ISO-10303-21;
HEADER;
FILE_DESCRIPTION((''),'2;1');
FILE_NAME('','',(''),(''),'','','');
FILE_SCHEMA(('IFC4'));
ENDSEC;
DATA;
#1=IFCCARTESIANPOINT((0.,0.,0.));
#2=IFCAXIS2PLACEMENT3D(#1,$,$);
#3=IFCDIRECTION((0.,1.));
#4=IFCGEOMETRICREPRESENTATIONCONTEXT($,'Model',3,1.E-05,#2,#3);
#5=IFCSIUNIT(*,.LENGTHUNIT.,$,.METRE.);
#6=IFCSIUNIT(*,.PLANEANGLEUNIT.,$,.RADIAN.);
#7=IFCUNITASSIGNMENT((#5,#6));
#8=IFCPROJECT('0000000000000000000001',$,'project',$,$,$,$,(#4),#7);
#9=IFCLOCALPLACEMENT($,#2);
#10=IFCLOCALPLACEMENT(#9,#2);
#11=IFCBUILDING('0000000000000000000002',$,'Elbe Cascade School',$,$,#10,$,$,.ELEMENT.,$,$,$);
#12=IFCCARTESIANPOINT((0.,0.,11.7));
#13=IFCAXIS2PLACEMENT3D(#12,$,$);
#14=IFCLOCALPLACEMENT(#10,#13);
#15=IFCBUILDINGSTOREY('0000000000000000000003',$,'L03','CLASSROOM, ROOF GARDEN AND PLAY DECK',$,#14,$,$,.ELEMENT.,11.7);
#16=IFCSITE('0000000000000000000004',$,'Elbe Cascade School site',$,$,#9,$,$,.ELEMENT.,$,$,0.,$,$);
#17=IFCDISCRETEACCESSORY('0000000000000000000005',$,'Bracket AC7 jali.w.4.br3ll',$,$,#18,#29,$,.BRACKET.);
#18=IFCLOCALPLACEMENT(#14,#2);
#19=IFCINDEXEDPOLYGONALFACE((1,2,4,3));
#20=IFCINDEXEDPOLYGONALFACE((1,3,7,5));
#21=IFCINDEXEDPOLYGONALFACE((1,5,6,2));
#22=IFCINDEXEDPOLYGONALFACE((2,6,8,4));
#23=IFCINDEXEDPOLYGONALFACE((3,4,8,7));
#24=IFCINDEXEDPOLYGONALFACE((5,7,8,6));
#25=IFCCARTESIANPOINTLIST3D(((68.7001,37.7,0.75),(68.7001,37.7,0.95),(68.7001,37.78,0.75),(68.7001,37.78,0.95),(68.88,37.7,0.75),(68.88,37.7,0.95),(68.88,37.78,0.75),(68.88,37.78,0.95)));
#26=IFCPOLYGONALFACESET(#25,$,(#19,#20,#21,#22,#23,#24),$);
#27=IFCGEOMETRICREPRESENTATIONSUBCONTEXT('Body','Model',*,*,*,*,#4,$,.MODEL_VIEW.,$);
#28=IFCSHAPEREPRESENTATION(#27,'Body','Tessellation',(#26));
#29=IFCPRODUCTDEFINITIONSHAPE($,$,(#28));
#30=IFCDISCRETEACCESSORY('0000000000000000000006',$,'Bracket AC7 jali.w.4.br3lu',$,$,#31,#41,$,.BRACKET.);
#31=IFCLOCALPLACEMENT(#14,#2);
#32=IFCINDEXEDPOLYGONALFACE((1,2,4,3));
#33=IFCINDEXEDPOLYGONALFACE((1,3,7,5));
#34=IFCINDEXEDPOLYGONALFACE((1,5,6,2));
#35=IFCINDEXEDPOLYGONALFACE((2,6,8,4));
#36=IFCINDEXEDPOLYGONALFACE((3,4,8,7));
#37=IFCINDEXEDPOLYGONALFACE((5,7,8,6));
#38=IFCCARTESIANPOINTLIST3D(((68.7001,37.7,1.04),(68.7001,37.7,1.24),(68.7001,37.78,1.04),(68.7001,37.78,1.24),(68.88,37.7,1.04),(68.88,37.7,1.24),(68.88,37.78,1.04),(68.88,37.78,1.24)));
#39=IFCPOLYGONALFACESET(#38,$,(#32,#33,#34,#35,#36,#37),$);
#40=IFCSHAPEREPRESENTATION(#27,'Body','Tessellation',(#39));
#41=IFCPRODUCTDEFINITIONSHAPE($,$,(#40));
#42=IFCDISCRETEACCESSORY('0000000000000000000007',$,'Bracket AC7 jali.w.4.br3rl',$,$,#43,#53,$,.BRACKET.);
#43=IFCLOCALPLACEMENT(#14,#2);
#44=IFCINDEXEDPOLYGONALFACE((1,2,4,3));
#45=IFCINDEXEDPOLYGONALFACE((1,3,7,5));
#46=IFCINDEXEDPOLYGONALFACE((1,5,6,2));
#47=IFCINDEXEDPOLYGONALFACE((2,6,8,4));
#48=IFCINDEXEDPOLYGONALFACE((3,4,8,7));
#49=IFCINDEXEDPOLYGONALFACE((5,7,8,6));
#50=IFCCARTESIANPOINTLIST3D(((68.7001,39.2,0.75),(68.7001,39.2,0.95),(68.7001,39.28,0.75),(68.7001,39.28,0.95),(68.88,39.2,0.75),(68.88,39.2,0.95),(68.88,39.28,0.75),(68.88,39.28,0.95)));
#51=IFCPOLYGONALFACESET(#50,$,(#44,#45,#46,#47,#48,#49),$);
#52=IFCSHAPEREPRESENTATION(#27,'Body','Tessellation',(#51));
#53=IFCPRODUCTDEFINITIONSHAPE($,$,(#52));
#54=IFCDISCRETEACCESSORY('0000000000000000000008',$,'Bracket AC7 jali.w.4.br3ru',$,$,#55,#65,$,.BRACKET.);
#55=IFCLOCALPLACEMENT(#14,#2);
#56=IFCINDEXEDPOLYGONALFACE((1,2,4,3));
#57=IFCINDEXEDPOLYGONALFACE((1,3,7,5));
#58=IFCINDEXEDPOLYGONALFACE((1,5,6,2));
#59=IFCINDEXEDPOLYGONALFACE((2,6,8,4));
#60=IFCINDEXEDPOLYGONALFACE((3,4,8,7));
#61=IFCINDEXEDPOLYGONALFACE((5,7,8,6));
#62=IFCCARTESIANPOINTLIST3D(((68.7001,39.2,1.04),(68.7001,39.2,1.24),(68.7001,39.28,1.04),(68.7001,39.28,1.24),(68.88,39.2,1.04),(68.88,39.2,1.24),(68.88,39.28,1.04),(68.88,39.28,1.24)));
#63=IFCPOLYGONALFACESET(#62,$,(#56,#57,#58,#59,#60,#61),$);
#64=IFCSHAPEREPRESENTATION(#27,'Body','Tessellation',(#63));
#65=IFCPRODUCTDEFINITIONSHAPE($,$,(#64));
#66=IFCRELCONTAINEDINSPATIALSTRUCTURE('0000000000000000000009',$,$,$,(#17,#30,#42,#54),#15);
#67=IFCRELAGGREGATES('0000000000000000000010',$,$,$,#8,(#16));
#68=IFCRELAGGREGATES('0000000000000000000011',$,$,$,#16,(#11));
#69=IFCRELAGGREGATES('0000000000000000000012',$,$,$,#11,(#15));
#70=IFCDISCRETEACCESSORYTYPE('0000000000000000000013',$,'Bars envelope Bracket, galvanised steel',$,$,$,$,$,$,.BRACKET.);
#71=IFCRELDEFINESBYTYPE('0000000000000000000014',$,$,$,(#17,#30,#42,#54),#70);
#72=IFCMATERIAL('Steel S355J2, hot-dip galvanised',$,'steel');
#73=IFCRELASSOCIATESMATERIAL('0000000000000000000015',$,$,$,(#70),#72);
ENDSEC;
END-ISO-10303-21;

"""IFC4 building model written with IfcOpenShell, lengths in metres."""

from ifc_helpers import new_model, si_unit, direction, frame, origin, origin_2d, place, context, subcontext, project, spatial, rectangle, extrude, material, type_object, element, save


model = new_model("IFC4")

# Units and contexts
model_context = context("Model", 3, precision=1e-05, world=origin(), true_north=direction((0.0, 1.0)))
body_context = subcontext(model_context, "Body", "Model", "MODEL_VIEW")
ifc_project = project(units=[si_unit("LENGTHUNIT", "METRE"), si_unit("PLANEANGLEUNIT", "RADIAN")], contexts=[model_context])

# Site, building, storey
site_placement = place(None, origin())
site = spatial("IfcSite", under=ifc_project, at=site_placement, Name="Elbe Cascade School site", CompositionType="ELEMENT", RefElevation=0.0)
building_placement = place(site_placement, origin())
building = spatial("IfcBuilding", under=site, at=building_placement, Name="Elbe Cascade School", CompositionType="ELEMENT")
storey_placement = place(building_placement, frame((0.0, 0.0, 11.7)))
storey = spatial("IfcBuildingStorey", under=building, at=storey_placement, Name="L03", Description="CLASSROOM, ROOF GARDEN AND PLAY DECK", CompositionType="ELEMENT", Elevation=11.7)

# Discrete accessories
ifc_material_1 = material(Name="Steel S355J2, hot-dip galvanised", Category="steel")
discrete_accessory_type = type_object("IfcDiscreteAccessoryType", Name="Bars envelope Bracket, galvanised steel", PredefinedType="BRACKET", material=ifc_material_1)
for number, where, z_axis, x_axis, name in (
    (1, (68.79, 37.74, 0.75), (0.0, 0.0, 1.0), (0.0, 1.0, 0.0), "Bracket AC7 jali.w.4.br3ll"),
    (2, (68.79, 37.74, 1.04), (0.0, 0.0, 1.0), (0.0, 1.0, 0.0), "Bracket AC7 jali.w.4.br3lu"),
    (3, (68.79, 39.24, 0.75), (0.0, 0.0, 1.0), (0.0, 1.0, 0.0), "Bracket AC7 jali.w.4.br3rl"),
    (4, (68.79, 39.24, 1.04), (0.0, 0.0, 1.0), (0.0, 1.0, 0.0), "Bracket AC7 jali.w.4.br3ru"),
):
    element("IfcDiscreteAccessory", number, at=place(storey_placement, frame(where, z_axis=z_axis, x_axis=x_axis)), inside=storey, type_object=discrete_accessory_type, Name=name, PredefinedType="BRACKET", context=body_context, shape_type="SweptSolid", body=[
        extrude(rectangle(XDim=0.0801, YDim=0.1799, at=origin_2d()), origin(), (0.0, 0.0, 1.0), 0.2),
    ])

save(model, "model.ifc")
